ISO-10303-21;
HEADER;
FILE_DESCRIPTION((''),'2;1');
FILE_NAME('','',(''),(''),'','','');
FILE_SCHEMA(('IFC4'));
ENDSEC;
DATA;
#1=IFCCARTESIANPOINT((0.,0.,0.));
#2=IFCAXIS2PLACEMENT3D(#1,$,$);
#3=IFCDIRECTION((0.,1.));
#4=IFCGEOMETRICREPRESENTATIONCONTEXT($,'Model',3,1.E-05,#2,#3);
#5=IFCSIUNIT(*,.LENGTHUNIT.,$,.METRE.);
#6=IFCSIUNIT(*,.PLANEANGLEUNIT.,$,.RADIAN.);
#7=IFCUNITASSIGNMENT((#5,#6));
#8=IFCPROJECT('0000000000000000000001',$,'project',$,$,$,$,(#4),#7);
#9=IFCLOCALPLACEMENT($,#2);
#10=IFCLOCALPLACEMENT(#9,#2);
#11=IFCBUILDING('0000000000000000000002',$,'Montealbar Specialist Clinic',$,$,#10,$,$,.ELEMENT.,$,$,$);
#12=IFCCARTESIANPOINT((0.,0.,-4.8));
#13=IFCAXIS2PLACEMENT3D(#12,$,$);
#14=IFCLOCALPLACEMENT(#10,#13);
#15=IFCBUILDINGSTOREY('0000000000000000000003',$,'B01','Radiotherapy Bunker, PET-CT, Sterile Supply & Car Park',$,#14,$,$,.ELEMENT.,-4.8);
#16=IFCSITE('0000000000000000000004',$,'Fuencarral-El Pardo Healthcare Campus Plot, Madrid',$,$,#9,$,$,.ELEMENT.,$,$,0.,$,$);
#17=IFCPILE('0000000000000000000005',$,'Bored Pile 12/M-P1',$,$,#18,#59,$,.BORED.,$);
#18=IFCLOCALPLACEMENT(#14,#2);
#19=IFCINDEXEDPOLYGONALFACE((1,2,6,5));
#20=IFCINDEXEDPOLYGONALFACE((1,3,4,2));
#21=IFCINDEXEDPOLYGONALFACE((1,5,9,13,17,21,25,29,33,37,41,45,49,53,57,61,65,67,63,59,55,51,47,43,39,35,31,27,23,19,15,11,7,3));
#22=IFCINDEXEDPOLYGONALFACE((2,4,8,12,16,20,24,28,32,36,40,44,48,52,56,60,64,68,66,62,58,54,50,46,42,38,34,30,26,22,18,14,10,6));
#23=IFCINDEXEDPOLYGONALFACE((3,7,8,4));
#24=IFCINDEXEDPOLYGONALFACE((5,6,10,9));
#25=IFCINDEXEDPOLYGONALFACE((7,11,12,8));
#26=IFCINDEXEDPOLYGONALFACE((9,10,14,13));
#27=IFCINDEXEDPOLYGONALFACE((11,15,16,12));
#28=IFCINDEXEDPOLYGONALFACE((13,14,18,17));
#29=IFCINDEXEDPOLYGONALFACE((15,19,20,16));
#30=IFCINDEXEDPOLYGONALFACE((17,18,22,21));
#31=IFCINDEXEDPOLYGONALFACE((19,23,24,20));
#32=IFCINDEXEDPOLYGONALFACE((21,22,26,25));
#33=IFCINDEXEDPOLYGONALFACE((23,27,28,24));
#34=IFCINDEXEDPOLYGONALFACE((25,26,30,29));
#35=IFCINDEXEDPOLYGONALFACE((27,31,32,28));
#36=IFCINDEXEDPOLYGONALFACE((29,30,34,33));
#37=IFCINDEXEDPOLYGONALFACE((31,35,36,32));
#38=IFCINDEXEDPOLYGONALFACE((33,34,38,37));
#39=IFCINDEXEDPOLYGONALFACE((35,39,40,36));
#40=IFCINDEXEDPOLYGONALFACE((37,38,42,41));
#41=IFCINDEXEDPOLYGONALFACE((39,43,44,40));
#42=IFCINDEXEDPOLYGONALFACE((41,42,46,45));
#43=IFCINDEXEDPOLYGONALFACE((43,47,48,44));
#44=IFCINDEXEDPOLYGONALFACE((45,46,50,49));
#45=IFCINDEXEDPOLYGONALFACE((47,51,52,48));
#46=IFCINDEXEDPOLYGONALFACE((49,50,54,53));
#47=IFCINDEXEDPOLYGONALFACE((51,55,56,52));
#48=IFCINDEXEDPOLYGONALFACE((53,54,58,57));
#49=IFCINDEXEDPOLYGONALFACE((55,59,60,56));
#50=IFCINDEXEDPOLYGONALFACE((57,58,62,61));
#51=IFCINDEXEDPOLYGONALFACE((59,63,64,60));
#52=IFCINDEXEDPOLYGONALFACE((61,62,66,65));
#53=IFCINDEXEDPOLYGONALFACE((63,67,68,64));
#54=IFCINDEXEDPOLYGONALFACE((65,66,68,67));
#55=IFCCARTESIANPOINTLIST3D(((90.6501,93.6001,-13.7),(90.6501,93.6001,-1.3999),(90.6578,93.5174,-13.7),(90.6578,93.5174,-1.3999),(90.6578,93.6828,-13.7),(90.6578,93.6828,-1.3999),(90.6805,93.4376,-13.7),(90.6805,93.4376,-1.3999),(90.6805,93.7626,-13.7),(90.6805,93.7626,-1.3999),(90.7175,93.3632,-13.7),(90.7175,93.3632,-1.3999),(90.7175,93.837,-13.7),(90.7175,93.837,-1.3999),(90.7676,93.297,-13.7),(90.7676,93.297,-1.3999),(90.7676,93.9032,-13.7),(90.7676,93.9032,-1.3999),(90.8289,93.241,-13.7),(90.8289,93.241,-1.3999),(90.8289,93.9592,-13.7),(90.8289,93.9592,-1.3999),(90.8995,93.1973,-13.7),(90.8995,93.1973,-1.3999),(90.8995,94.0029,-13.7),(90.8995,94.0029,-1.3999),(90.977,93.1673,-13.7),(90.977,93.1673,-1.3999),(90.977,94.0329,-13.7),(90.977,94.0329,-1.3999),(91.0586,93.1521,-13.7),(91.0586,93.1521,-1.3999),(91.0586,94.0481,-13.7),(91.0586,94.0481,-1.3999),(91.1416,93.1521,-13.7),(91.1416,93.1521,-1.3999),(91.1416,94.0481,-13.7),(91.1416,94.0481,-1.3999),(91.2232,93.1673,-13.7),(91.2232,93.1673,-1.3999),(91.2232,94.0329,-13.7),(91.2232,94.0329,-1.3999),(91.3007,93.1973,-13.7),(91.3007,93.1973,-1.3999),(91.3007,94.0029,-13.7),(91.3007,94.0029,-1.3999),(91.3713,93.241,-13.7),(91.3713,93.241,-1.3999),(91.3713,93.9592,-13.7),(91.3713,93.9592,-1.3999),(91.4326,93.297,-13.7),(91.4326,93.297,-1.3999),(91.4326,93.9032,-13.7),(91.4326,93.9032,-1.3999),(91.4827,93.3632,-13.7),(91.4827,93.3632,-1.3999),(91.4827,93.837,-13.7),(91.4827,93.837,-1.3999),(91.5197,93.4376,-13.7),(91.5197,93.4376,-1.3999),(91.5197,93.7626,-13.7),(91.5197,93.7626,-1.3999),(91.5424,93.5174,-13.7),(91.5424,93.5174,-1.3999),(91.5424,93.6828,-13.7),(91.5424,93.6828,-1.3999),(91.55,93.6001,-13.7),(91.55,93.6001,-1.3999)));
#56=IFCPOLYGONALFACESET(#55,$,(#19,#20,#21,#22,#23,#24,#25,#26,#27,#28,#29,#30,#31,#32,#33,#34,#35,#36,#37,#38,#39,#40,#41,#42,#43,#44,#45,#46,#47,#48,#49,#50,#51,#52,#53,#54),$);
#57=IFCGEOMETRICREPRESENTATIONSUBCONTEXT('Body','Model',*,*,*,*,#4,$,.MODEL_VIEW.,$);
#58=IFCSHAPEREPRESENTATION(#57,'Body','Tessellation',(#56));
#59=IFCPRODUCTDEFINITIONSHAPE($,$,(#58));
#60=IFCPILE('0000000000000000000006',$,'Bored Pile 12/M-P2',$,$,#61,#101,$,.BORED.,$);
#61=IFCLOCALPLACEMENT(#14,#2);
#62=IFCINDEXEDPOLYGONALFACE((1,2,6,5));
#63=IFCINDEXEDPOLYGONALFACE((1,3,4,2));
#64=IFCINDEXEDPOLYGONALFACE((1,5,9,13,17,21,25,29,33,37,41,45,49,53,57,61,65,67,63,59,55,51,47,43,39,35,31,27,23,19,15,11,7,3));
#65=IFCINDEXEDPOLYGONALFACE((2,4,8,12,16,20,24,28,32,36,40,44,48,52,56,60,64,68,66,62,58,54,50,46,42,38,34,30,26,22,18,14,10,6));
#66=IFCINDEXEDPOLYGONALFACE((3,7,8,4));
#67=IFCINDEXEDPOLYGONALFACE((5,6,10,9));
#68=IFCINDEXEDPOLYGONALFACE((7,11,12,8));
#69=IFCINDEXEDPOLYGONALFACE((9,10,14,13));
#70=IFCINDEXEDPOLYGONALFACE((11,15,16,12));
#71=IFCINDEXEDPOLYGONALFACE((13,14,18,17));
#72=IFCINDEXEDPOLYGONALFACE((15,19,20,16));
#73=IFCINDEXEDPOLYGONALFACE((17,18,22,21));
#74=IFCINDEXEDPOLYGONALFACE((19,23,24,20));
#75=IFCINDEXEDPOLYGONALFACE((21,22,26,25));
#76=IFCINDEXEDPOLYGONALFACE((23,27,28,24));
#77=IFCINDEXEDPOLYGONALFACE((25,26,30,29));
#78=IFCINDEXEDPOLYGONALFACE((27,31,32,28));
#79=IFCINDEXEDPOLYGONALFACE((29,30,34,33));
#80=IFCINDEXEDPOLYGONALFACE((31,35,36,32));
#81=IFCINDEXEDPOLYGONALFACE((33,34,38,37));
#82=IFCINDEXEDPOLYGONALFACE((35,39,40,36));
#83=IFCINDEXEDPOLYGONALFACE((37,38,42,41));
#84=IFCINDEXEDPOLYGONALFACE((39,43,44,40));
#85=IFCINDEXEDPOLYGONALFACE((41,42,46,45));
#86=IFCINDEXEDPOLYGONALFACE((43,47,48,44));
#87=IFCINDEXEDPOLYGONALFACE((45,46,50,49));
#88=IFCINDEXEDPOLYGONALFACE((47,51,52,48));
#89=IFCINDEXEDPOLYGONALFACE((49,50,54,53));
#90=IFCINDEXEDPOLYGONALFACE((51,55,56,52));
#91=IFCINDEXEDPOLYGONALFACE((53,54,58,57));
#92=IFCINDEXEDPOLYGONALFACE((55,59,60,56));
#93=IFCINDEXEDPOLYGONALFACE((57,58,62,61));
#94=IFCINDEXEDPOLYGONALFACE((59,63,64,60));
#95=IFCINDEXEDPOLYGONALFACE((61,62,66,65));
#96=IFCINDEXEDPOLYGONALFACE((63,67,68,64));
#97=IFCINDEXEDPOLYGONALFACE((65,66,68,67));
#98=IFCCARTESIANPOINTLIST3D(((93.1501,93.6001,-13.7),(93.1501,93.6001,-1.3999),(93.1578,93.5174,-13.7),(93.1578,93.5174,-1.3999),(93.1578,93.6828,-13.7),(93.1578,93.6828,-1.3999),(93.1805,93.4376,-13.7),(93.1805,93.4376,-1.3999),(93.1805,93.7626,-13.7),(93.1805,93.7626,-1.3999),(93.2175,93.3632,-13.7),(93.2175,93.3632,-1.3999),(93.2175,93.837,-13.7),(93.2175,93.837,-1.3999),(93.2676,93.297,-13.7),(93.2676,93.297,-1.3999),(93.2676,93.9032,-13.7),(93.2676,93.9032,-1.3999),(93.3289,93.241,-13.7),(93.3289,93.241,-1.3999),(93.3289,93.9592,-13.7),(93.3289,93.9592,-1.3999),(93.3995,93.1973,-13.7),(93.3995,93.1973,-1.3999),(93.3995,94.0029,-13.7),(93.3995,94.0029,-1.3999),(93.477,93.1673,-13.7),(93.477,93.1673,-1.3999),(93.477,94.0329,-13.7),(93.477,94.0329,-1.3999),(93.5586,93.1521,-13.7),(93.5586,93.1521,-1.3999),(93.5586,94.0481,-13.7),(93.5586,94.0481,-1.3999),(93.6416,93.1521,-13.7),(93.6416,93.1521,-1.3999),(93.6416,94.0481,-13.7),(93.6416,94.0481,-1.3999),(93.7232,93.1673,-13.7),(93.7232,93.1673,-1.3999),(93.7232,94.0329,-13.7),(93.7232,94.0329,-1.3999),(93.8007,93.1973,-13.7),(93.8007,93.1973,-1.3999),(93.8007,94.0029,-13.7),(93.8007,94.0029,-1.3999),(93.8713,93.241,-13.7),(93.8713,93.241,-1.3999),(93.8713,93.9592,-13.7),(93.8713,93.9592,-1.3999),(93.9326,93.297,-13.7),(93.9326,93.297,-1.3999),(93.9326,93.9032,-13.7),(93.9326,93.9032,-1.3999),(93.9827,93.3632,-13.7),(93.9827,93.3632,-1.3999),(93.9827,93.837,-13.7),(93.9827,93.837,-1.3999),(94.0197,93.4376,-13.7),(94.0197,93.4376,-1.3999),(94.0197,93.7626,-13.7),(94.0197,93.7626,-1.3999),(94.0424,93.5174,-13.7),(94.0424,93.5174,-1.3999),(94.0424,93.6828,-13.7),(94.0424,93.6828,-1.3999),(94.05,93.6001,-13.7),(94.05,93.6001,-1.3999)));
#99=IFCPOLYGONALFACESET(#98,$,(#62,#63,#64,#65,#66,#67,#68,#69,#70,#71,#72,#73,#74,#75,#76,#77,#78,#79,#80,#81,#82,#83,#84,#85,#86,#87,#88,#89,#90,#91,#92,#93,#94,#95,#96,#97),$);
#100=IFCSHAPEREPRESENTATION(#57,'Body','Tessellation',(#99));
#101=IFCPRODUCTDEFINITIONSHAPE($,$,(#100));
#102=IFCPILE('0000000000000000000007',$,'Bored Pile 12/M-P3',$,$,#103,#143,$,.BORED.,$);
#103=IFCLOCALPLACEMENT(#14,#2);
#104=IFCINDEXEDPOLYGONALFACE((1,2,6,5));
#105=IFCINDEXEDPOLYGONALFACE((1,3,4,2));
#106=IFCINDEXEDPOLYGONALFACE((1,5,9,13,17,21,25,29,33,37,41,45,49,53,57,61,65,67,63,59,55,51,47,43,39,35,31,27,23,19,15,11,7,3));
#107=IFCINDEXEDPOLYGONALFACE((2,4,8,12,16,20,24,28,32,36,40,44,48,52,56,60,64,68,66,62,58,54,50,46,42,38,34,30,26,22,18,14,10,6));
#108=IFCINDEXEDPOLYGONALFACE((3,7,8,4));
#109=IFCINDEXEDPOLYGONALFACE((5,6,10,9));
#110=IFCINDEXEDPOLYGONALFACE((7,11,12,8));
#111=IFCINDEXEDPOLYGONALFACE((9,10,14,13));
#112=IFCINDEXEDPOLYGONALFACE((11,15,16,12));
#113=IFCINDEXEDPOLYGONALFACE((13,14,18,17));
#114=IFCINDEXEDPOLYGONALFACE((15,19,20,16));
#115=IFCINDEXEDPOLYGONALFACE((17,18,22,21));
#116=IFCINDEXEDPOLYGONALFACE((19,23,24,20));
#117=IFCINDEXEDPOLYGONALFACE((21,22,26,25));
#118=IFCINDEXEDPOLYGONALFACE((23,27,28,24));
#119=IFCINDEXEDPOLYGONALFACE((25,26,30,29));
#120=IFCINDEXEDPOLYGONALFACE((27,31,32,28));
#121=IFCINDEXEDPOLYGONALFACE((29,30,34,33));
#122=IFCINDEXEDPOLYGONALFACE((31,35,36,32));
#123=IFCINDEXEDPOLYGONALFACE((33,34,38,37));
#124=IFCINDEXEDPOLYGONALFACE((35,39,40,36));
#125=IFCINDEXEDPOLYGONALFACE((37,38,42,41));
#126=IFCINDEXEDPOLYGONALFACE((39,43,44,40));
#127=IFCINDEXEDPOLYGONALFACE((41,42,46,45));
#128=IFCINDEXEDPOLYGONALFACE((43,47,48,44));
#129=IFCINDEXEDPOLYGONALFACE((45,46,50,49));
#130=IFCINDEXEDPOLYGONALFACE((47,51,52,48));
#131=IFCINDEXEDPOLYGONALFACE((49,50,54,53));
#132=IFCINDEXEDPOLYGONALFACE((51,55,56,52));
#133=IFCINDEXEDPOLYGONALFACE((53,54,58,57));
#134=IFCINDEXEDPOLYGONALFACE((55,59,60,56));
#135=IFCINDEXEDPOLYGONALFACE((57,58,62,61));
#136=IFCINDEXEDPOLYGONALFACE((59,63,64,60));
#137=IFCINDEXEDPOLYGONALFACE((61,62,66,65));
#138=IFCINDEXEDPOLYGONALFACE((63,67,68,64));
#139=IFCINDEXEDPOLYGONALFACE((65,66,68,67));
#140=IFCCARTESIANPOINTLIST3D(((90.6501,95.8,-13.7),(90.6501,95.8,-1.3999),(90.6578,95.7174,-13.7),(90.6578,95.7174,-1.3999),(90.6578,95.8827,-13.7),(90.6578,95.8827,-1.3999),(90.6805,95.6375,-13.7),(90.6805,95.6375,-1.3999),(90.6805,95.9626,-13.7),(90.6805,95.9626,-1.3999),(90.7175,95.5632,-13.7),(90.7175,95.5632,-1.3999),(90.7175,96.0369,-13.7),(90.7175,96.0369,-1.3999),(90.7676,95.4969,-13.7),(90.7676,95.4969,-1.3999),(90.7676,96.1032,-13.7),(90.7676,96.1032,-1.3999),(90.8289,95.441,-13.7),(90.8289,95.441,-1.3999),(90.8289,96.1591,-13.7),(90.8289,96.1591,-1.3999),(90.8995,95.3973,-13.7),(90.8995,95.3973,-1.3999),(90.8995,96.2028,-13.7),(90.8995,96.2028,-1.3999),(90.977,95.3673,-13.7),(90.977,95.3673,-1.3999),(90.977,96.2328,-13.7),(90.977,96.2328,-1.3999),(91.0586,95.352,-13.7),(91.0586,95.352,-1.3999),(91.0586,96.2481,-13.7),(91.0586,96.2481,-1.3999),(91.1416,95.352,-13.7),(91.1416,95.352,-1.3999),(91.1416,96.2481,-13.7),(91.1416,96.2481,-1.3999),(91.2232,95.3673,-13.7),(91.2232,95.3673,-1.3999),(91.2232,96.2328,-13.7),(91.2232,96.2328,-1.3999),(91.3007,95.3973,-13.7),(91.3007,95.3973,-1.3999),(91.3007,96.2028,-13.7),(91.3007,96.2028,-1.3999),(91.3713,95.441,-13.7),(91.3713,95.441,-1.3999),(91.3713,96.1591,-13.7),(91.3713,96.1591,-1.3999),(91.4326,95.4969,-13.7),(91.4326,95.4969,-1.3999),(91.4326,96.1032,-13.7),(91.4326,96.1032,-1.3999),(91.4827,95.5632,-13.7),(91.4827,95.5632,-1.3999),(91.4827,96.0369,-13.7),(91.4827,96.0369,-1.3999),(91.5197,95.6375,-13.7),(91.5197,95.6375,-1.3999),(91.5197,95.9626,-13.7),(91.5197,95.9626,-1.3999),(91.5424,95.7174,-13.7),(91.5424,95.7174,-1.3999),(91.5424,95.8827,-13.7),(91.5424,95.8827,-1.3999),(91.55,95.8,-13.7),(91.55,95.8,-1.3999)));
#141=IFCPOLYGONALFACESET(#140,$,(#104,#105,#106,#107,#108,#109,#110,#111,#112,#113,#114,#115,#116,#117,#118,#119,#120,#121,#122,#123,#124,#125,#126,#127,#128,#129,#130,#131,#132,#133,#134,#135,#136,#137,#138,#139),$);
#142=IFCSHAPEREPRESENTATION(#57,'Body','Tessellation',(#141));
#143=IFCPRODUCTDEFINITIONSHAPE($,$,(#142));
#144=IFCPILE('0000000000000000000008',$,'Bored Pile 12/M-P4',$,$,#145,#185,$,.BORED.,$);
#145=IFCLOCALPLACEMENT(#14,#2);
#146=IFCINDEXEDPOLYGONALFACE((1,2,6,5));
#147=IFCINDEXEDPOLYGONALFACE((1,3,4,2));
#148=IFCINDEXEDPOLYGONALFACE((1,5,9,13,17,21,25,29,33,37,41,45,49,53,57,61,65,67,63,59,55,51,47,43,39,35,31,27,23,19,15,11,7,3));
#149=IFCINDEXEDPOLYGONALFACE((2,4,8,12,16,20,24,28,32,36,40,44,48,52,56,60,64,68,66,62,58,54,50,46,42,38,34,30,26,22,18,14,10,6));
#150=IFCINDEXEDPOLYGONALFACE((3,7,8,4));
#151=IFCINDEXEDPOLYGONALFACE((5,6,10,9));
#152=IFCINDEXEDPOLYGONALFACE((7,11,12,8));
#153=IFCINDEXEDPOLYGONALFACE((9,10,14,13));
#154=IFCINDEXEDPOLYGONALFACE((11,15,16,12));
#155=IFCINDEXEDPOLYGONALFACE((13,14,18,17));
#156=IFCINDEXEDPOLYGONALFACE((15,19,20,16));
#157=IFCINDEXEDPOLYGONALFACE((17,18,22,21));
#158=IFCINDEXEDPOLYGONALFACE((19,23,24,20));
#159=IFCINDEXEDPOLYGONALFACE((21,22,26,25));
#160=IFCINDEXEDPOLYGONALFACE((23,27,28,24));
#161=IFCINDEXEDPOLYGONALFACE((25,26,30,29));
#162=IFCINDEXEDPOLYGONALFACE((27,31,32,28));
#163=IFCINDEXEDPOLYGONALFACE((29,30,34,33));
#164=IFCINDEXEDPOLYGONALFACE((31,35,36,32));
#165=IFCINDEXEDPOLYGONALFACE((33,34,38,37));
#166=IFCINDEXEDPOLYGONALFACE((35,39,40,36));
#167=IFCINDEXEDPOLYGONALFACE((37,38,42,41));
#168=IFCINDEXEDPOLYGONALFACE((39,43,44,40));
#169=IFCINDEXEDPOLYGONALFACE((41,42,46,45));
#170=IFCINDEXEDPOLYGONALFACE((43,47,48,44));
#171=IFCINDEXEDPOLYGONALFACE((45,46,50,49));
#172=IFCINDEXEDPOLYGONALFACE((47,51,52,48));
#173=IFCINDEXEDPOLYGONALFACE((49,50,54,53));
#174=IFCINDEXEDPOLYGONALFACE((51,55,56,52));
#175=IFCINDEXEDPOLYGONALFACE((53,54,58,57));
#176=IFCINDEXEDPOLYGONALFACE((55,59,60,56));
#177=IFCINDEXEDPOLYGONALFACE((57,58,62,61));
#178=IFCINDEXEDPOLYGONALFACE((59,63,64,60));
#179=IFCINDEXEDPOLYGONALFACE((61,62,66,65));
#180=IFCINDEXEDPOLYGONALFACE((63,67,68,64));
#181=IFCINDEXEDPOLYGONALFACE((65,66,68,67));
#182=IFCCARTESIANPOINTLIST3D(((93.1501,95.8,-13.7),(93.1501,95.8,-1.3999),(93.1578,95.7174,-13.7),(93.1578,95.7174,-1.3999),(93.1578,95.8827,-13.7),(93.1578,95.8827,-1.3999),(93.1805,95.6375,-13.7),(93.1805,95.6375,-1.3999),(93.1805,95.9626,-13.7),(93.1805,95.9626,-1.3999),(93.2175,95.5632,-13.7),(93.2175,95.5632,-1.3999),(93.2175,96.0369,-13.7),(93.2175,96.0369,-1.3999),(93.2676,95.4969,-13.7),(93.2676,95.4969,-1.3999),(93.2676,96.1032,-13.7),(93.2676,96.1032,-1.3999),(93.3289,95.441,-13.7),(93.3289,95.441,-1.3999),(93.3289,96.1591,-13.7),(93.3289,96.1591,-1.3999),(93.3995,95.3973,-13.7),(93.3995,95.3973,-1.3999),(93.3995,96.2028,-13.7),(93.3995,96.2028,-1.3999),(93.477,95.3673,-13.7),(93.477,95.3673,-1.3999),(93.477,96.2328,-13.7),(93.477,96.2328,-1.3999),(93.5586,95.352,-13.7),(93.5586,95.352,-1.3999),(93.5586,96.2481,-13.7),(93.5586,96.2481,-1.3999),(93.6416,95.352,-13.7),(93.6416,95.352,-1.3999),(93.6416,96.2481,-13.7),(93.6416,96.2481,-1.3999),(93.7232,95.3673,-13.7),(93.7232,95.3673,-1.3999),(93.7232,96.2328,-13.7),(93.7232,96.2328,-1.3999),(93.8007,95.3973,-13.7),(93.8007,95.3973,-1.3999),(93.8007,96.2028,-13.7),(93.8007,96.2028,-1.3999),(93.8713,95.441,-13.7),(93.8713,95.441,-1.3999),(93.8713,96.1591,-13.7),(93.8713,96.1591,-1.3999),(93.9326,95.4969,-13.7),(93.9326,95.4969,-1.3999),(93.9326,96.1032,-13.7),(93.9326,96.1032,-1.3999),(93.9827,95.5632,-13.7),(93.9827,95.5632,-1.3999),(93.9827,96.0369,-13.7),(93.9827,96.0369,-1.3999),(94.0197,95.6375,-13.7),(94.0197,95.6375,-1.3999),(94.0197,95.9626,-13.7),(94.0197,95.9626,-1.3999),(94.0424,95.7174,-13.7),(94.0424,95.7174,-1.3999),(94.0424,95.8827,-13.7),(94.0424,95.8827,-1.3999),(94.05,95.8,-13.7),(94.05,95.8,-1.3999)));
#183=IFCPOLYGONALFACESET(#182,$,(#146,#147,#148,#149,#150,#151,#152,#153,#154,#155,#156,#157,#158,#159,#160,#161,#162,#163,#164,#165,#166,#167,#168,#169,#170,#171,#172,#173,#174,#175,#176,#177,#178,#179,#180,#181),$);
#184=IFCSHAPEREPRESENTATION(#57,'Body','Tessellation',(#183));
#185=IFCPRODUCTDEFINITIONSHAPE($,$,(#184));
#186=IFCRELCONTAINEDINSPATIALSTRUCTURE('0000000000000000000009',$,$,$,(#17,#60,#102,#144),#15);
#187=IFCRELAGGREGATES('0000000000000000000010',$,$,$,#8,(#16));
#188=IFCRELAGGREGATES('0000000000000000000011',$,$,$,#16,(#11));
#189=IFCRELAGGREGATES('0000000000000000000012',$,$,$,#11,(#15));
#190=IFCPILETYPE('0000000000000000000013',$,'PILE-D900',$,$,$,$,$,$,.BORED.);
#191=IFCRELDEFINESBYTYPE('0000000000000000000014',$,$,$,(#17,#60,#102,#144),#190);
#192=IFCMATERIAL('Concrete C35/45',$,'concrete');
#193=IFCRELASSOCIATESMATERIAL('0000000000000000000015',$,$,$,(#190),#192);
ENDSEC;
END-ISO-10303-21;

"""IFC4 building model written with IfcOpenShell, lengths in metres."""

from ifc_helpers import new_model, si_unit, direction, frame, origin, origin_2d, place, context, subcontext, project, spatial, circle, extrude, material, material_profile, profile_set, type_object, element, save


model = new_model("IFC4")

# Units and contexts
model_context = context("Model", 3, precision=1e-05, world=origin(), true_north=direction((0.0, 1.0)))
body_context = subcontext(model_context, "Body", "Model", "MODEL_VIEW")
ifc_project = project(units=[si_unit("LENGTHUNIT", "METRE"), si_unit("PLANEANGLEUNIT", "RADIAN")], contexts=[model_context])

# Site, building, storey
site_placement = place(None, origin())
site = spatial("IfcSite", under=ifc_project, at=site_placement, Name="Fuencarral-El Pardo Healthcare Campus Plot, Madrid", CompositionType="ELEMENT", RefElevation=0.0)
building_placement = place(site_placement, origin())
building = spatial("IfcBuilding", under=site, at=building_placement, Name="Montealbar Specialist Clinic", CompositionType="ELEMENT")
storey_placement = place(building_placement, frame((0.0, 0.0, -4.8)))
storey = spatial("IfcBuildingStorey", under=building, at=storey_placement, Name="B01", Description="Radiotherapy Bunker, PET-CT, Sterile Supply & Car Park", CompositionType="ELEMENT", Elevation=-4.8)

# Shared definitions
ifc_material_1 = material(Name="Concrete C35/45", Category="concrete")

# Piles
ifc_material_profile_1 = material_profile(ifc_material_1, circle(Radius=0.45, at=origin_2d()), Name="PILE D900", Category="concrete")
ifc_profile_set_1 = profile_set([ifc_material_profile_1], Name="Concrete C35/45")
pile_type_1 = type_object("IfcPileType", Name="PILE-D900", PredefinedType="BORED", material=ifc_profile_set_1)
for number, where, z_axis, x_axis, name in (
    (1, (91.1001, 93.6001, -1.3999), (0.0, 0.0, -1.0), (1.0, 0.0, 0.0), "Bored Pile 12/M-P1"),
    (2, (93.6001, 93.6001, -1.3999), (0.0, 0.0, -1.0), (1.0, 0.0, 0.0), "Bored Pile 12/M-P2"),
    (3, (91.1001, 95.8, -1.3999), (0.0, 0.0, -1.0), (1.0, 0.0, 0.0), "Bored Pile 12/M-P3"),
    (4, (93.6001, 95.8, -1.3999), (0.0, 0.0, -1.0), (1.0, 0.0, 0.0), "Bored Pile 12/M-P4"),
):
    element("IfcPile", number, at=place(storey_placement, frame(where, z_axis=z_axis, x_axis=x_axis)), inside=storey, type_object=pile_type_1, Name=name, PredefinedType="BORED", context=body_context, shape_type="SweptSolid", body=[
        extrude(circle(Radius=0.45, at=origin_2d()), origin(), (0.0, 0.0, 1.0), 12.3),
    ])

save(model, "model.ifc")
